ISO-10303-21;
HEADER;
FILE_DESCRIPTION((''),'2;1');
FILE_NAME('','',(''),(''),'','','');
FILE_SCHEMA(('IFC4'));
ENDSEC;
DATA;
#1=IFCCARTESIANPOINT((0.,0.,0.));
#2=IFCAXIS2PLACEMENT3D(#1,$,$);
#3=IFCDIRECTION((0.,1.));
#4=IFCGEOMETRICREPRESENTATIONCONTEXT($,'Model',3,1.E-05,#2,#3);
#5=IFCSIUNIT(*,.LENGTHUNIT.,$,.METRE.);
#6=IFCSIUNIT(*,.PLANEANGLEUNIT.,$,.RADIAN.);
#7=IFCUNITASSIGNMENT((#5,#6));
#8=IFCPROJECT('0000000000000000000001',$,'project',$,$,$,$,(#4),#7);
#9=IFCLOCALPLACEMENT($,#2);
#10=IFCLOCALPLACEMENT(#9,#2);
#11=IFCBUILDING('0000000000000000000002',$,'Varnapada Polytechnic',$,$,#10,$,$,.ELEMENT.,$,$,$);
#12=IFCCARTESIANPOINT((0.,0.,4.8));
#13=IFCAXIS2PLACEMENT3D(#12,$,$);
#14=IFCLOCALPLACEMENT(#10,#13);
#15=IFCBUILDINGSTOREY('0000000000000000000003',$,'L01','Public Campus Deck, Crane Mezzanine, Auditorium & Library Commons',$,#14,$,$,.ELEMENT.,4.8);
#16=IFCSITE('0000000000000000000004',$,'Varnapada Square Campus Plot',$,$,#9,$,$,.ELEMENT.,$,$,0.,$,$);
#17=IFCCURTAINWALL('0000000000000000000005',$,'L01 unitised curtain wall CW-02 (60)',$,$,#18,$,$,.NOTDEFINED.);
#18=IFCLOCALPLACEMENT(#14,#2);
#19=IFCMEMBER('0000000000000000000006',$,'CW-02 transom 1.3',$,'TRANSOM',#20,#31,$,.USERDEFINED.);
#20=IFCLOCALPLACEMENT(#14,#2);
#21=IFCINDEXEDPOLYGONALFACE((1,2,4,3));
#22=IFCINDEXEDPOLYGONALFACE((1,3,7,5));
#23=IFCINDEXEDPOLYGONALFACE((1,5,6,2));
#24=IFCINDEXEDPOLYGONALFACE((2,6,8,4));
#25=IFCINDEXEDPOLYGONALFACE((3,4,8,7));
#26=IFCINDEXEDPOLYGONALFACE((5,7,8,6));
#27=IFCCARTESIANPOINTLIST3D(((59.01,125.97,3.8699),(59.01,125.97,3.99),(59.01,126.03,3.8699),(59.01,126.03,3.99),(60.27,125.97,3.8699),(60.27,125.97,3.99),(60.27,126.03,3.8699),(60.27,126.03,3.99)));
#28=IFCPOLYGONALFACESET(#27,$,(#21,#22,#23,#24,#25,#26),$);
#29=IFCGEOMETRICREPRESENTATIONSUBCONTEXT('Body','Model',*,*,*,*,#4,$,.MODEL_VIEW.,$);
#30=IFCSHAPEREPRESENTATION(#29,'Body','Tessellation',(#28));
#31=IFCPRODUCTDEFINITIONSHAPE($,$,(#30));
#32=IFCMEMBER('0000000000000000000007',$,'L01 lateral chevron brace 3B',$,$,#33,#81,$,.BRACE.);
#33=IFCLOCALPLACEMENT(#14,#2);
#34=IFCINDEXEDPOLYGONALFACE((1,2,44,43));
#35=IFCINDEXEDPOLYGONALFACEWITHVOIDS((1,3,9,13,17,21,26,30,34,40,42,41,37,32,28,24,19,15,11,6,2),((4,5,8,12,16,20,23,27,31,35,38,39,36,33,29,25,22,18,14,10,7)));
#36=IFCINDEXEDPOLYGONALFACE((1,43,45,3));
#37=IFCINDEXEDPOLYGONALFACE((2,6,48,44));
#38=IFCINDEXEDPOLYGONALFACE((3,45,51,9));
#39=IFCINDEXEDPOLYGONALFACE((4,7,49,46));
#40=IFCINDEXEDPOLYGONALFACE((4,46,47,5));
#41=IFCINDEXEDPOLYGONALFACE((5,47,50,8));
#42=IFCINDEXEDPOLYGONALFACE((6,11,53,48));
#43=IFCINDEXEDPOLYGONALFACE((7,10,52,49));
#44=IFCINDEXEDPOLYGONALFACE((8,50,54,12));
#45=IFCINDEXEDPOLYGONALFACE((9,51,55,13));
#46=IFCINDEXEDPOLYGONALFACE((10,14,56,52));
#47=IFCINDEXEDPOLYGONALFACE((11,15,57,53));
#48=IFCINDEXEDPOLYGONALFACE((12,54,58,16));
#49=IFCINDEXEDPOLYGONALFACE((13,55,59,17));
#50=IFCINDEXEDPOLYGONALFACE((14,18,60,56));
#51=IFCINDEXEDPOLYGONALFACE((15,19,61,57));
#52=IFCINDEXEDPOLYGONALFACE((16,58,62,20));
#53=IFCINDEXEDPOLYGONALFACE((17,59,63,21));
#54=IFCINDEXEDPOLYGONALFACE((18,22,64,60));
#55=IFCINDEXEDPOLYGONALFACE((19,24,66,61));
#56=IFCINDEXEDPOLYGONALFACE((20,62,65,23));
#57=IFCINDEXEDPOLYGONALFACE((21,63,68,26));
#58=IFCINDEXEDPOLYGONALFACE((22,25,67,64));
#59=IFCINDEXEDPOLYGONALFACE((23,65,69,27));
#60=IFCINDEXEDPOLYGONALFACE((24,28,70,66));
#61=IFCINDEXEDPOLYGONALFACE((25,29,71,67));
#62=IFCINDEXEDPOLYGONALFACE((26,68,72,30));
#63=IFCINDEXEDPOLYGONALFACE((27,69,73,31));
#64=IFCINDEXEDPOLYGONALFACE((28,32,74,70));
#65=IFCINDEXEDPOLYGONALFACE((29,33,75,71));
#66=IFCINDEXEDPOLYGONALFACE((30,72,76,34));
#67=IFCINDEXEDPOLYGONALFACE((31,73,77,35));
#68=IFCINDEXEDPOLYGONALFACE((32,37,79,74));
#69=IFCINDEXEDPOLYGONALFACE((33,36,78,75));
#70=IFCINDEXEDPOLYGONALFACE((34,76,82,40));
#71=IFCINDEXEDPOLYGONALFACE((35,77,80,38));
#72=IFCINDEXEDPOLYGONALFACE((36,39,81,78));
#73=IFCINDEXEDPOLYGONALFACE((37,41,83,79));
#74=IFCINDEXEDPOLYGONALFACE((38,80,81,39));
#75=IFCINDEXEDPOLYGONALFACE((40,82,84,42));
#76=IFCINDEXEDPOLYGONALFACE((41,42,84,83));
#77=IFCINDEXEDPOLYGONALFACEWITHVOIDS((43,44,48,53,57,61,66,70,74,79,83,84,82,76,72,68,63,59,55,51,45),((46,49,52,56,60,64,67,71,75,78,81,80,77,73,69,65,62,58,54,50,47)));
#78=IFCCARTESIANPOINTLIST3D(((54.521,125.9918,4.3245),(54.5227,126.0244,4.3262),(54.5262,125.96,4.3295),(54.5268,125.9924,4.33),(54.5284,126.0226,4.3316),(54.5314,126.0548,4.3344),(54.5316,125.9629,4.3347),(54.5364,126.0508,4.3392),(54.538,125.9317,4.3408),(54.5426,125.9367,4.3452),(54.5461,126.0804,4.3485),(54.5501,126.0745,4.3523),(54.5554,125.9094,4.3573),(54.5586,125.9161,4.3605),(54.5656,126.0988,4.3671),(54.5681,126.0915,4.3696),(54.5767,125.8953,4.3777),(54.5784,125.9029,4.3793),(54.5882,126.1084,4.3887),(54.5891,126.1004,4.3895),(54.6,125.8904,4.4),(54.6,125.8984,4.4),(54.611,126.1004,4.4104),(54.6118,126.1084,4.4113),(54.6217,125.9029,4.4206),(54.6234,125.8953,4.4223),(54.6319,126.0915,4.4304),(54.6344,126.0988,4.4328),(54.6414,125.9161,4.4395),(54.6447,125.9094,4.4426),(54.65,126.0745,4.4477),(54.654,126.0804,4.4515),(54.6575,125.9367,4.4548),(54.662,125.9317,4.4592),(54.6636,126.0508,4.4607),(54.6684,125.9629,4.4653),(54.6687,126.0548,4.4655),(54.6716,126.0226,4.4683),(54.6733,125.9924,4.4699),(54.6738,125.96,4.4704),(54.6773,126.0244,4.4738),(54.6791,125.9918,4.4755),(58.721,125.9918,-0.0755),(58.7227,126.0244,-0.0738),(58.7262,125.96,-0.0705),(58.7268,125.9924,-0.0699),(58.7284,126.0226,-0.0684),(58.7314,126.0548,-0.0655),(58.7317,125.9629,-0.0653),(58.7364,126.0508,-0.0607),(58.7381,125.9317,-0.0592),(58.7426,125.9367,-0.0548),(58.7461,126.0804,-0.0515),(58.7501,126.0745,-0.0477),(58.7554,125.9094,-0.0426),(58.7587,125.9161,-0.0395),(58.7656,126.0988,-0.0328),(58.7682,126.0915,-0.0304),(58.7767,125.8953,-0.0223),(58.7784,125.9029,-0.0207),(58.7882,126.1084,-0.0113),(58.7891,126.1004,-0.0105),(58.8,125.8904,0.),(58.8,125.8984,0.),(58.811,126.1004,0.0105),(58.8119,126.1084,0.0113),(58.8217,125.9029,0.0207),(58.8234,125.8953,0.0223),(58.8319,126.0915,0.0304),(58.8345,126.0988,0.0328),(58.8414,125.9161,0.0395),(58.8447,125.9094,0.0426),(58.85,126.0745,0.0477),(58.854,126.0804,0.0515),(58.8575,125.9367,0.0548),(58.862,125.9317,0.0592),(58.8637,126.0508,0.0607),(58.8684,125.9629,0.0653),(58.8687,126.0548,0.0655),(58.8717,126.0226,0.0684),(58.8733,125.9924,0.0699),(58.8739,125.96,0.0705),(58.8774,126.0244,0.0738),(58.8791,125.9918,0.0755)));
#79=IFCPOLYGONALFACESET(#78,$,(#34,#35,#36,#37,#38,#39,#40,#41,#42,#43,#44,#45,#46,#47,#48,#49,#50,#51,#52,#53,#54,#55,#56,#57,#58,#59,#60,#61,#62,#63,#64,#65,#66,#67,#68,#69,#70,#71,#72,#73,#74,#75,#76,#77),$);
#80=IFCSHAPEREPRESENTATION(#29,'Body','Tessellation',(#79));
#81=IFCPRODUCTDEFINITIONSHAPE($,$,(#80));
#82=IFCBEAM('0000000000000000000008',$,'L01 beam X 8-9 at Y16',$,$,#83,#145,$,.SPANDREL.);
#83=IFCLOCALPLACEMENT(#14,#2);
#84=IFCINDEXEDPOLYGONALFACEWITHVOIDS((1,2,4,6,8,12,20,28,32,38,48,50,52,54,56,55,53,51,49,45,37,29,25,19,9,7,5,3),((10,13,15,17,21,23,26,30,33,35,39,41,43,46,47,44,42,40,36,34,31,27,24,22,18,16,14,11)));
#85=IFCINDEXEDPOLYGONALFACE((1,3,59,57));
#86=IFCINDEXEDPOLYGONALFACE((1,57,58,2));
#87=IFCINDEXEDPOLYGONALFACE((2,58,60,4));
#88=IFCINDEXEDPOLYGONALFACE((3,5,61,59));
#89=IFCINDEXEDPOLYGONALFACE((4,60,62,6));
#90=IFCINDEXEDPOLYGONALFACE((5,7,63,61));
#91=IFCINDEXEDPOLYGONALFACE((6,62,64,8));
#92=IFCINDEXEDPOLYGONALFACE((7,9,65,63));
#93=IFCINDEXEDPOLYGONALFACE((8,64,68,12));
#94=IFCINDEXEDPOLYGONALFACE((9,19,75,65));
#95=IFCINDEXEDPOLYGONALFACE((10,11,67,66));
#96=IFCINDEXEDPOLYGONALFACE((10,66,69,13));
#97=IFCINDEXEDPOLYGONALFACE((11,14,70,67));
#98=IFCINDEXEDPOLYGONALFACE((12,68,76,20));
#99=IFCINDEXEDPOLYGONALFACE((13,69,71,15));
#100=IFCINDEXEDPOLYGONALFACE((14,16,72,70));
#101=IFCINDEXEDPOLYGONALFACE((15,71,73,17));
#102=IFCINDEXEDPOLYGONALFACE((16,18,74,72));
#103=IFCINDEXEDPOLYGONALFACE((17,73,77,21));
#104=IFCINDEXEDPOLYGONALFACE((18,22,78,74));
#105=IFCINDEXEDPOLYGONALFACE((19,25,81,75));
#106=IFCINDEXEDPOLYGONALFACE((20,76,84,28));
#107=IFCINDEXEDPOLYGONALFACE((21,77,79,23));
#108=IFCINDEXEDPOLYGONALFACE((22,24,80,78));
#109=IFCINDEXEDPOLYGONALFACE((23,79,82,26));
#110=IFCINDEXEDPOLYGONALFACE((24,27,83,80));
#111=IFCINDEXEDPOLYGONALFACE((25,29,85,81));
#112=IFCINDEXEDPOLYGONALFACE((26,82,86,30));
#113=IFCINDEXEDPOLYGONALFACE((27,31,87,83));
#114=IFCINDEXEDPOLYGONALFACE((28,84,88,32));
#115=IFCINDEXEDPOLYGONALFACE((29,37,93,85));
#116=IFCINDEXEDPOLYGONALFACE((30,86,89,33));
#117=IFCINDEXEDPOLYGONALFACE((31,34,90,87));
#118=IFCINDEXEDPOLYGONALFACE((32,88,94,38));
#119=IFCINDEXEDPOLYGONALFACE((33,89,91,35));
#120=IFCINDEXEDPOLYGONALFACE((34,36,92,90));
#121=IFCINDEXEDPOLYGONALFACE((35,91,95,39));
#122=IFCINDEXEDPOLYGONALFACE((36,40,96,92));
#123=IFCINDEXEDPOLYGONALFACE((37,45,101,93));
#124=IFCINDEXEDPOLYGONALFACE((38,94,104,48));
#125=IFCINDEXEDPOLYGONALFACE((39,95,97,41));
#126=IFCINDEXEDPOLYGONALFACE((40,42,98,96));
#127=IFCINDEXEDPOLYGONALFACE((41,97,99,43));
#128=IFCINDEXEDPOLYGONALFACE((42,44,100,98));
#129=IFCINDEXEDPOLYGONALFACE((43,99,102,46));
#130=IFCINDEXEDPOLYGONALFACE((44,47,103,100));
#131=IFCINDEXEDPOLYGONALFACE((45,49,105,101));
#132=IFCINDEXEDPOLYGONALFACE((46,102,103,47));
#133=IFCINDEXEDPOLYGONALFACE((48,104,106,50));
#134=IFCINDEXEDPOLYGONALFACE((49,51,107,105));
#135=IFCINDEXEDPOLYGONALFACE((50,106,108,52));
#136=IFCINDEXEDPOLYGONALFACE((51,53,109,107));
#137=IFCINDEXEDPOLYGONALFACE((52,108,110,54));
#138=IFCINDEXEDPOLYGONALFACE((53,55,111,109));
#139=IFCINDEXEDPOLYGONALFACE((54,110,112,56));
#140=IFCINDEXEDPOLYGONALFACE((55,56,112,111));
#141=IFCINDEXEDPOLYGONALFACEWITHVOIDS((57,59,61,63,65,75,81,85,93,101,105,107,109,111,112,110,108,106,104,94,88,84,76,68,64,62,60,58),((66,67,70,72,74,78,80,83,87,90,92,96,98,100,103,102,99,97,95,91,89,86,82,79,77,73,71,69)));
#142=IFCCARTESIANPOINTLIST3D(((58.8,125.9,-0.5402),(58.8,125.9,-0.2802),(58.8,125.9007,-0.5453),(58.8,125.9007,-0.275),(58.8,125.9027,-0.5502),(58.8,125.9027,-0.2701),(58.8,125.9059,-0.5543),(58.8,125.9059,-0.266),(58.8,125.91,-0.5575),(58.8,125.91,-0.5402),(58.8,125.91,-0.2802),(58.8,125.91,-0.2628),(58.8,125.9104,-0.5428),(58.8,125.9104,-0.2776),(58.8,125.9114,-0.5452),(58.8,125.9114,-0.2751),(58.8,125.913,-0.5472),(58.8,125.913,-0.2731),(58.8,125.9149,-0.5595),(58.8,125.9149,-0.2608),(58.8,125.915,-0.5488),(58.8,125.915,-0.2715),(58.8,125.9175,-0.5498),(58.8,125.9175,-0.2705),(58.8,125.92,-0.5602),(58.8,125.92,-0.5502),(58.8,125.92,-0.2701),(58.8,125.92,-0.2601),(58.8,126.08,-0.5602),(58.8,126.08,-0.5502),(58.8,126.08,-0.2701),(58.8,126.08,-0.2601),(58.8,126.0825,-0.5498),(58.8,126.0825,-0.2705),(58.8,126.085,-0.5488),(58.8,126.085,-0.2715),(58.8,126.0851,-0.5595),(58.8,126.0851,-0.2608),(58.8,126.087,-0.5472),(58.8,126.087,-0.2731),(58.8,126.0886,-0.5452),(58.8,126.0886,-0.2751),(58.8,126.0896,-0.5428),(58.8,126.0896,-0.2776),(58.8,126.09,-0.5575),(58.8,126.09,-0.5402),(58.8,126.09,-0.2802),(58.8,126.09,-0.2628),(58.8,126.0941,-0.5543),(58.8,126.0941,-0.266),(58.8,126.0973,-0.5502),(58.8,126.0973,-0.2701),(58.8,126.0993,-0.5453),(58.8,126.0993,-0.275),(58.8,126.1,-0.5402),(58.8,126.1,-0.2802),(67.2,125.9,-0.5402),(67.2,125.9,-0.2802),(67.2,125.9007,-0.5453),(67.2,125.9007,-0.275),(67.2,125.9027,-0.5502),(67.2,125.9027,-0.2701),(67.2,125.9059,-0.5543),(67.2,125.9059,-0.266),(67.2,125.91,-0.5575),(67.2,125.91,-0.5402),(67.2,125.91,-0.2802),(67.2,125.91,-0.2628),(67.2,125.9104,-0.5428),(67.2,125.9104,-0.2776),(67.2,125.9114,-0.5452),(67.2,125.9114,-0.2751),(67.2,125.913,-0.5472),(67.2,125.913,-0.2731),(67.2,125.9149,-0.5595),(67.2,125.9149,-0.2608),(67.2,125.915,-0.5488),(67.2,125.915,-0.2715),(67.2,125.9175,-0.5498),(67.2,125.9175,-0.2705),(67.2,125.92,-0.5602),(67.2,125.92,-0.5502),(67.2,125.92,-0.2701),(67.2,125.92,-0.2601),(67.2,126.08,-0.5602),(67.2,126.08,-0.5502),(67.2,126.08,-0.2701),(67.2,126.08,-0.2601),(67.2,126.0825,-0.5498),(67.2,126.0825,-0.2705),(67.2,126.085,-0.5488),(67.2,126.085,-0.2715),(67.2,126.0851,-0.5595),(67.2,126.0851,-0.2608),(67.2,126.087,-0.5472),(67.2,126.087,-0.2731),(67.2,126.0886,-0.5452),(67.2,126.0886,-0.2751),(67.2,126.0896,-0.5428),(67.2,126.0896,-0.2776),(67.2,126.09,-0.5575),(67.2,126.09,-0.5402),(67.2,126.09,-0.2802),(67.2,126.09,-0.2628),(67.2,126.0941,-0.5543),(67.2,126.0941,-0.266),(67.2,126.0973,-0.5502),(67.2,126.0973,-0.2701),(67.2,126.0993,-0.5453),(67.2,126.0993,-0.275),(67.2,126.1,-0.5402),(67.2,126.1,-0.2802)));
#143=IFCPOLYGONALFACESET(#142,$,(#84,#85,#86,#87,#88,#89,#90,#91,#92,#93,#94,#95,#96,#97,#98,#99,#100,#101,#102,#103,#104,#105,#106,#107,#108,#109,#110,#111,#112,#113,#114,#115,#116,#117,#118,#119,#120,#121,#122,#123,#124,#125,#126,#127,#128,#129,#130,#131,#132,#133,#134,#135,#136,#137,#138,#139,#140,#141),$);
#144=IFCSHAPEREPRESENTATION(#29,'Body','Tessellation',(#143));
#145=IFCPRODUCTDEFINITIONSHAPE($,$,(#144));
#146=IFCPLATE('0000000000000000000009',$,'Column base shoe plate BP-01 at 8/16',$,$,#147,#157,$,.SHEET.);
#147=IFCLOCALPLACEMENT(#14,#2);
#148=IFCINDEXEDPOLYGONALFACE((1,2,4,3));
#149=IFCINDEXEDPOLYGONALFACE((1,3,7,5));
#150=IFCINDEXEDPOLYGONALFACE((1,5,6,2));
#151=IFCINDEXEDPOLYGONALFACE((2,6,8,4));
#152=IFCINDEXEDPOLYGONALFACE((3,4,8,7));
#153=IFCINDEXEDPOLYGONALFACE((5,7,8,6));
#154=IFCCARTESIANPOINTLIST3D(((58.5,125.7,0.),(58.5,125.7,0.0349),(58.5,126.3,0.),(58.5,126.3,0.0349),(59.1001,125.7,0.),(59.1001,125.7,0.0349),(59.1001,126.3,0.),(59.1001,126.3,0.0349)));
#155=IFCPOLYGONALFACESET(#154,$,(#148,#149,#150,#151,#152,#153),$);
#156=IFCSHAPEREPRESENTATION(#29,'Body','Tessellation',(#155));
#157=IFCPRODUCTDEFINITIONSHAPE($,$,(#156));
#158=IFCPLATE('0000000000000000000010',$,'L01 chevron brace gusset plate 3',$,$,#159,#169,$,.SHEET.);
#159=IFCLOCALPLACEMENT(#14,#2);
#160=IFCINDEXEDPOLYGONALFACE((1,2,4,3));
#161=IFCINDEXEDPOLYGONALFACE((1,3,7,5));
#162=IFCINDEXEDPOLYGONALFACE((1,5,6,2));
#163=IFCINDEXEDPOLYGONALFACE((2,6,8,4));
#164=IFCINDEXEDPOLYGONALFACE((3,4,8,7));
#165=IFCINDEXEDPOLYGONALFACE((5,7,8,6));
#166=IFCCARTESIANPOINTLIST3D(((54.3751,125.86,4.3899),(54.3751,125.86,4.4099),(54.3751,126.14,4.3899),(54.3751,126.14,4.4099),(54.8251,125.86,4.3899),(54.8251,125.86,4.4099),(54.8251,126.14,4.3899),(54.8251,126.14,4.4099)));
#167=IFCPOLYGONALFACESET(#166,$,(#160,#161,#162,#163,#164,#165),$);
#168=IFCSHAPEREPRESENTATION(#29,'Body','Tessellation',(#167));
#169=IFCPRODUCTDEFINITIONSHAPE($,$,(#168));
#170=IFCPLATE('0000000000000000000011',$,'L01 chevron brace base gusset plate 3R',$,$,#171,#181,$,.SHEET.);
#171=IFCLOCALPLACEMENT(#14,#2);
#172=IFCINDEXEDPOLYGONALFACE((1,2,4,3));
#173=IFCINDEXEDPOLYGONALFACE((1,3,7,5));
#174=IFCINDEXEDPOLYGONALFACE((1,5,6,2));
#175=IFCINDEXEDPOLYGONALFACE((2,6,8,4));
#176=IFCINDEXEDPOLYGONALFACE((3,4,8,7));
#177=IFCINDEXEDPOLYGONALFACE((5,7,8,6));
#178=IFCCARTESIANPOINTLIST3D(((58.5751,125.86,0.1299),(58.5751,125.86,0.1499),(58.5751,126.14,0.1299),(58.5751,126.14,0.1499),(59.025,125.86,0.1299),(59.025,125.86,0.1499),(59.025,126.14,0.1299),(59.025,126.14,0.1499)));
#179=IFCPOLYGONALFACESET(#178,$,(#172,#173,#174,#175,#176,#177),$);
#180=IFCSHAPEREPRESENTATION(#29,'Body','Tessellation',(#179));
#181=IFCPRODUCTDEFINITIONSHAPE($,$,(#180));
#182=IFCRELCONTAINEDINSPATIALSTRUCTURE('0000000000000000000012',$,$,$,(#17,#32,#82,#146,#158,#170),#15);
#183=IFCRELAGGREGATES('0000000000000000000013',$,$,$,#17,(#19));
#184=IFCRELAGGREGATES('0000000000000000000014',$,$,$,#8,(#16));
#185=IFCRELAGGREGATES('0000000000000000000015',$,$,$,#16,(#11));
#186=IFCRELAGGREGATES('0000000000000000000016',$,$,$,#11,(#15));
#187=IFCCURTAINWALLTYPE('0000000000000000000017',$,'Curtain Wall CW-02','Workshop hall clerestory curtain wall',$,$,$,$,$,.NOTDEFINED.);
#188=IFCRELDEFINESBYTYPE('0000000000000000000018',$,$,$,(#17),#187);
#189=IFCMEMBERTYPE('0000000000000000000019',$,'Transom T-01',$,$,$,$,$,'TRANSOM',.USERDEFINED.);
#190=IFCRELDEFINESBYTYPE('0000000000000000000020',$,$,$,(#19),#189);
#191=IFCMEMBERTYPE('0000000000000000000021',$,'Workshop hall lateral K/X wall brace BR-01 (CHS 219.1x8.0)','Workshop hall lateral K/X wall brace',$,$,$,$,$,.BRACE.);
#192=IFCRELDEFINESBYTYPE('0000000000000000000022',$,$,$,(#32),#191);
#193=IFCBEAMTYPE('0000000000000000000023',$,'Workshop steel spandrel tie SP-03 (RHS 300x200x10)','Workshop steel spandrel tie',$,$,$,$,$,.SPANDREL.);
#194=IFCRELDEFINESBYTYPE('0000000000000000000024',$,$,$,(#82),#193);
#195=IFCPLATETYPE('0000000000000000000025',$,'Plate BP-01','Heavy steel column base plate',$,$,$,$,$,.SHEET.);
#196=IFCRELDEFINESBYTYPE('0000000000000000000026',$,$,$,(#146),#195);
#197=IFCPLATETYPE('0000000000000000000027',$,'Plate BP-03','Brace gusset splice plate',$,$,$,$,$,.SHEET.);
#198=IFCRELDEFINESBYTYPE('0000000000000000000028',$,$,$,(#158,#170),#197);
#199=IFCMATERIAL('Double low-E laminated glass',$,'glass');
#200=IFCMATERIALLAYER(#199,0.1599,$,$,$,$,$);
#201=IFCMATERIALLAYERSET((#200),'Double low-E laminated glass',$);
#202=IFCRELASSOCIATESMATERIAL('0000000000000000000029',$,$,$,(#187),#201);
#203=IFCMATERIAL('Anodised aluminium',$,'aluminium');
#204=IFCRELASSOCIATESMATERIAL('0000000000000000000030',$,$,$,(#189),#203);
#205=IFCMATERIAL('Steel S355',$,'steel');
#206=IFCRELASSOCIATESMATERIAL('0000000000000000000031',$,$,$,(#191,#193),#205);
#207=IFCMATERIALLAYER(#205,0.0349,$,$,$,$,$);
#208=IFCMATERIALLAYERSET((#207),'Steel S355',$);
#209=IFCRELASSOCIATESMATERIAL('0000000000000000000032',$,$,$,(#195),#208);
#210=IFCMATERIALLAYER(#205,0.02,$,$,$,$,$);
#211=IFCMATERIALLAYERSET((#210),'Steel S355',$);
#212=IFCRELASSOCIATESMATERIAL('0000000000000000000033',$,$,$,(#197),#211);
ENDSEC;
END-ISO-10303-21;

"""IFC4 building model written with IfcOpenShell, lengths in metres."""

from ifc_helpers import new_model, si_unit, direction, frame, origin, origin_2d, place, context, subcontext, project, spatial, rectangle, hollow_rectangle, hollow_circle, extrude, material, layer, layer_set, material_profile, profile_set, type_object, element, aggregate, save


model = new_model("IFC4")

# Units and contexts
model_context = context("Model", 3, precision=1e-05, world=origin(), true_north=direction((0.0, 1.0)))
body_context = subcontext(model_context, "Body", "Model", "MODEL_VIEW")
ifc_project = project(units=[si_unit("LENGTHUNIT", "METRE"), si_unit("PLANEANGLEUNIT", "RADIAN")], contexts=[model_context])

# Site, building, storey
site_placement = place(None, origin())
site = spatial("IfcSite", under=ifc_project, at=site_placement, Name="Varnapada Square Campus Plot", CompositionType="ELEMENT", RefElevation=0.0)
building_placement = place(site_placement, origin())
building = spatial("IfcBuilding", under=site, at=building_placement, Name="Varnapada Polytechnic", CompositionType="ELEMENT")
storey_placement = place(building_placement, frame((0.0, 0.0, 4.8)))
storey = spatial("IfcBuildingStorey", under=building, at=storey_placement, Name="L01", Description="Public Campus Deck, Crane Mezzanine, Auditorium & Library Commons", CompositionType="ELEMENT", Elevation=4.8)

# Shared definitions
ifc_material_1 = material(Name="Steel S355", Category="steel")

# Curtain wall, member
ifc_material_2 = material(Name="Double low-E laminated glass", Category="glass")
ifc_layer_1 = layer(ifc_material_2, 0.1599)
ifc_layer_set_1 = layer_set([ifc_layer_1], Name="Double low-E laminated glass")
curtain_wall_type = type_object("IfcCurtainWallType", Name="Curtain Wall CW-02", Description="Workshop hall clerestory curtain wall", PredefinedType="NOTDEFINED", material=ifc_layer_set_1)
curtain_wall_placement = place(storey_placement, origin())
curtain_wall = element("IfcCurtainWall", 1, at=curtain_wall_placement, inside=storey, type_object=curtain_wall_type, Name="L01 unitised curtain wall CW-02 (60)", PredefinedType="NOTDEFINED")
ifc_material_3 = material(Name="Anodised aluminium", Category="aluminium")
ifc_material_profile_1 = material_profile(ifc_material_3, rectangle(XDim=0.0601, YDim=0.1201, at=origin_2d()), Name="ALU T60x120")
ifc_profile_set_1 = profile_set([ifc_material_profile_1], Name="Anodised aluminium")
member_type_1 = type_object("IfcMemberType", Name="Transom T-01", ElementType="TRANSOM", PredefinedType="USERDEFINED", material=ifc_profile_set_1)
member_1_placement = place(storey_placement, frame((59.01, 126.0, 3.9299), z_axis=(1.0, 0.0, 0.0), x_axis=(0.0, 1.0, 0.0)))
member_1 = element("IfcMember", 2, at=member_1_placement, type_object=member_type_1, Name="CW-02 transom 1.3", ObjectType="TRANSOM", PredefinedType="USERDEFINED", context=body_context, shape_type="SweptSolid", body=[
    extrude(rectangle(XDim=0.0601, YDim=0.1201, at=origin_2d()), origin(), (0.0, 0.0, 1.0), 1.26),
])
aggregate(curtain_wall, [member_1])

# Member
ifc_material_profile_2 = material_profile(ifc_material_1, hollow_circle(Radius=0.1096, WallThickness=0.0081, at=origin_2d()), Name="CHS 219.1x8.0")
ifc_profile_set_2 = profile_set([ifc_material_profile_2], Name="Steel S355")
member_type_2 = type_object("IfcMemberType", Name="Workshop hall lateral K/X wall brace BR-01 (CHS 219.1x8.0)", Description="Workshop hall lateral K/X wall brace", PredefinedType="BRACE", material=ifc_profile_set_2)
member_2_placement = place(storey_placement, frame((58.8, 126.0, 0.0), z_axis=(-0.69048, 0.0, 0.723352), x_axis=(0.0, -1.0, 0.0)))
element("IfcMember", 3, at=member_2_placement, inside=storey, type_object=member_type_2, Name="L01 lateral chevron brace 3B", PredefinedType="BRACE", context=body_context, shape_type="SweptSolid", body=[
    extrude(hollow_circle(Radius=0.1096, WallThickness=0.0081, at=origin_2d()), origin(), (0.0, 0.0, 1.0), 6.0828),
])

# Beam
ifc_material_profile_3 = material_profile(ifc_material_1, hollow_rectangle(XDim=0.2, YDim=0.3, WallThickness=0.01, InnerFilletRadius=0.01, OuterFilletRadius=0.02, at=origin_2d()), Name="RHS 300x200x10")
ifc_profile_set_3 = profile_set([ifc_material_profile_3], Name="Steel S355")
beam_type_1 = type_object("IfcBeamType", Name="Workshop steel spandrel tie SP-03 (RHS 300x200x10)", Description="Workshop steel spandrel tie", PredefinedType="SPANDREL", material=ifc_profile_set_3)
beam_placement = place(storey_placement, frame((58.8, 126.0, -0.4102), z_axis=(1.0, 0.0, 0.0), x_axis=(0.0, 1.0, 0.0)))
element("IfcBeam", 4, at=beam_placement, inside=storey, type_object=beam_type_1, Name="L01 beam X 8-9 at Y16", PredefinedType="SPANDREL", context=body_context, shape_type="SweptSolid", body=[
    extrude(hollow_rectangle(XDim=0.2, YDim=0.3, WallThickness=0.01, InnerFilletRadius=0.01, OuterFilletRadius=0.02, at=origin_2d()), origin(), (0.0, 0.0, 1.0), 8.3999),
])

# Plates
ifc_layer_2 = layer(ifc_material_1, 0.0349)
ifc_layer_set_2 = layer_set([ifc_layer_2], Name="Steel S355")
plate_type_1 = type_object("IfcPlateType", Name="Plate BP-01", Description="Heavy steel column base plate", PredefinedType="SHEET", material=ifc_layer_set_2)
plate_placement = place(storey_placement, frame((58.8, 126.0, 0.0), z_axis=(0.0, 0.0, 1.0), x_axis=(1.0, 0.0, 0.0)))
element("IfcPlate", 5, at=plate_placement, inside=storey, type_object=plate_type_1, Name="Column base shoe plate BP-01 at 8/16", PredefinedType="SHEET", context=body_context, shape_type="SweptSolid", body=[
    extrude(rectangle(XDim=0.6001, YDim=0.6001, at=origin_2d()), origin(), (0.0, 0.0, 1.0), 0.0349),
])
ifc_layer_3 = layer(ifc_material_1, 0.02)
ifc_layer_set_3 = layer_set([ifc_layer_3], Name="Steel S355")
plate_type_2 = type_object("IfcPlateType", Name="Plate BP-03", Description="Brace gusset splice plate", PredefinedType="SHEET", material=ifc_layer_set_3)
for number, where, z_axis, x_axis, name in (
    (6, (54.6001, 126.0, 4.3899), (0.0, 0.0, 1.0), (1.0, 0.0, 0.0), "L01 chevron brace gusset plate 3"),
    (7, (58.8, 126.0, 0.1299), (0.0, 0.0, 1.0), (1.0, 0.0, 0.0), "L01 chevron brace base gusset plate 3R"),
):
    element("IfcPlate", number, at=place(storey_placement, frame(where, z_axis=z_axis, x_axis=x_axis)), inside=storey, type_object=plate_type_2, Name=name, PredefinedType="SHEET", context=body_context, shape_type="SweptSolid", body=[
        extrude(rectangle(XDim=0.45, YDim=0.28, at=origin_2d()), origin(), (0.0, 0.0, 1.0), 0.02),
    ])

save(model, "model.ifc")
